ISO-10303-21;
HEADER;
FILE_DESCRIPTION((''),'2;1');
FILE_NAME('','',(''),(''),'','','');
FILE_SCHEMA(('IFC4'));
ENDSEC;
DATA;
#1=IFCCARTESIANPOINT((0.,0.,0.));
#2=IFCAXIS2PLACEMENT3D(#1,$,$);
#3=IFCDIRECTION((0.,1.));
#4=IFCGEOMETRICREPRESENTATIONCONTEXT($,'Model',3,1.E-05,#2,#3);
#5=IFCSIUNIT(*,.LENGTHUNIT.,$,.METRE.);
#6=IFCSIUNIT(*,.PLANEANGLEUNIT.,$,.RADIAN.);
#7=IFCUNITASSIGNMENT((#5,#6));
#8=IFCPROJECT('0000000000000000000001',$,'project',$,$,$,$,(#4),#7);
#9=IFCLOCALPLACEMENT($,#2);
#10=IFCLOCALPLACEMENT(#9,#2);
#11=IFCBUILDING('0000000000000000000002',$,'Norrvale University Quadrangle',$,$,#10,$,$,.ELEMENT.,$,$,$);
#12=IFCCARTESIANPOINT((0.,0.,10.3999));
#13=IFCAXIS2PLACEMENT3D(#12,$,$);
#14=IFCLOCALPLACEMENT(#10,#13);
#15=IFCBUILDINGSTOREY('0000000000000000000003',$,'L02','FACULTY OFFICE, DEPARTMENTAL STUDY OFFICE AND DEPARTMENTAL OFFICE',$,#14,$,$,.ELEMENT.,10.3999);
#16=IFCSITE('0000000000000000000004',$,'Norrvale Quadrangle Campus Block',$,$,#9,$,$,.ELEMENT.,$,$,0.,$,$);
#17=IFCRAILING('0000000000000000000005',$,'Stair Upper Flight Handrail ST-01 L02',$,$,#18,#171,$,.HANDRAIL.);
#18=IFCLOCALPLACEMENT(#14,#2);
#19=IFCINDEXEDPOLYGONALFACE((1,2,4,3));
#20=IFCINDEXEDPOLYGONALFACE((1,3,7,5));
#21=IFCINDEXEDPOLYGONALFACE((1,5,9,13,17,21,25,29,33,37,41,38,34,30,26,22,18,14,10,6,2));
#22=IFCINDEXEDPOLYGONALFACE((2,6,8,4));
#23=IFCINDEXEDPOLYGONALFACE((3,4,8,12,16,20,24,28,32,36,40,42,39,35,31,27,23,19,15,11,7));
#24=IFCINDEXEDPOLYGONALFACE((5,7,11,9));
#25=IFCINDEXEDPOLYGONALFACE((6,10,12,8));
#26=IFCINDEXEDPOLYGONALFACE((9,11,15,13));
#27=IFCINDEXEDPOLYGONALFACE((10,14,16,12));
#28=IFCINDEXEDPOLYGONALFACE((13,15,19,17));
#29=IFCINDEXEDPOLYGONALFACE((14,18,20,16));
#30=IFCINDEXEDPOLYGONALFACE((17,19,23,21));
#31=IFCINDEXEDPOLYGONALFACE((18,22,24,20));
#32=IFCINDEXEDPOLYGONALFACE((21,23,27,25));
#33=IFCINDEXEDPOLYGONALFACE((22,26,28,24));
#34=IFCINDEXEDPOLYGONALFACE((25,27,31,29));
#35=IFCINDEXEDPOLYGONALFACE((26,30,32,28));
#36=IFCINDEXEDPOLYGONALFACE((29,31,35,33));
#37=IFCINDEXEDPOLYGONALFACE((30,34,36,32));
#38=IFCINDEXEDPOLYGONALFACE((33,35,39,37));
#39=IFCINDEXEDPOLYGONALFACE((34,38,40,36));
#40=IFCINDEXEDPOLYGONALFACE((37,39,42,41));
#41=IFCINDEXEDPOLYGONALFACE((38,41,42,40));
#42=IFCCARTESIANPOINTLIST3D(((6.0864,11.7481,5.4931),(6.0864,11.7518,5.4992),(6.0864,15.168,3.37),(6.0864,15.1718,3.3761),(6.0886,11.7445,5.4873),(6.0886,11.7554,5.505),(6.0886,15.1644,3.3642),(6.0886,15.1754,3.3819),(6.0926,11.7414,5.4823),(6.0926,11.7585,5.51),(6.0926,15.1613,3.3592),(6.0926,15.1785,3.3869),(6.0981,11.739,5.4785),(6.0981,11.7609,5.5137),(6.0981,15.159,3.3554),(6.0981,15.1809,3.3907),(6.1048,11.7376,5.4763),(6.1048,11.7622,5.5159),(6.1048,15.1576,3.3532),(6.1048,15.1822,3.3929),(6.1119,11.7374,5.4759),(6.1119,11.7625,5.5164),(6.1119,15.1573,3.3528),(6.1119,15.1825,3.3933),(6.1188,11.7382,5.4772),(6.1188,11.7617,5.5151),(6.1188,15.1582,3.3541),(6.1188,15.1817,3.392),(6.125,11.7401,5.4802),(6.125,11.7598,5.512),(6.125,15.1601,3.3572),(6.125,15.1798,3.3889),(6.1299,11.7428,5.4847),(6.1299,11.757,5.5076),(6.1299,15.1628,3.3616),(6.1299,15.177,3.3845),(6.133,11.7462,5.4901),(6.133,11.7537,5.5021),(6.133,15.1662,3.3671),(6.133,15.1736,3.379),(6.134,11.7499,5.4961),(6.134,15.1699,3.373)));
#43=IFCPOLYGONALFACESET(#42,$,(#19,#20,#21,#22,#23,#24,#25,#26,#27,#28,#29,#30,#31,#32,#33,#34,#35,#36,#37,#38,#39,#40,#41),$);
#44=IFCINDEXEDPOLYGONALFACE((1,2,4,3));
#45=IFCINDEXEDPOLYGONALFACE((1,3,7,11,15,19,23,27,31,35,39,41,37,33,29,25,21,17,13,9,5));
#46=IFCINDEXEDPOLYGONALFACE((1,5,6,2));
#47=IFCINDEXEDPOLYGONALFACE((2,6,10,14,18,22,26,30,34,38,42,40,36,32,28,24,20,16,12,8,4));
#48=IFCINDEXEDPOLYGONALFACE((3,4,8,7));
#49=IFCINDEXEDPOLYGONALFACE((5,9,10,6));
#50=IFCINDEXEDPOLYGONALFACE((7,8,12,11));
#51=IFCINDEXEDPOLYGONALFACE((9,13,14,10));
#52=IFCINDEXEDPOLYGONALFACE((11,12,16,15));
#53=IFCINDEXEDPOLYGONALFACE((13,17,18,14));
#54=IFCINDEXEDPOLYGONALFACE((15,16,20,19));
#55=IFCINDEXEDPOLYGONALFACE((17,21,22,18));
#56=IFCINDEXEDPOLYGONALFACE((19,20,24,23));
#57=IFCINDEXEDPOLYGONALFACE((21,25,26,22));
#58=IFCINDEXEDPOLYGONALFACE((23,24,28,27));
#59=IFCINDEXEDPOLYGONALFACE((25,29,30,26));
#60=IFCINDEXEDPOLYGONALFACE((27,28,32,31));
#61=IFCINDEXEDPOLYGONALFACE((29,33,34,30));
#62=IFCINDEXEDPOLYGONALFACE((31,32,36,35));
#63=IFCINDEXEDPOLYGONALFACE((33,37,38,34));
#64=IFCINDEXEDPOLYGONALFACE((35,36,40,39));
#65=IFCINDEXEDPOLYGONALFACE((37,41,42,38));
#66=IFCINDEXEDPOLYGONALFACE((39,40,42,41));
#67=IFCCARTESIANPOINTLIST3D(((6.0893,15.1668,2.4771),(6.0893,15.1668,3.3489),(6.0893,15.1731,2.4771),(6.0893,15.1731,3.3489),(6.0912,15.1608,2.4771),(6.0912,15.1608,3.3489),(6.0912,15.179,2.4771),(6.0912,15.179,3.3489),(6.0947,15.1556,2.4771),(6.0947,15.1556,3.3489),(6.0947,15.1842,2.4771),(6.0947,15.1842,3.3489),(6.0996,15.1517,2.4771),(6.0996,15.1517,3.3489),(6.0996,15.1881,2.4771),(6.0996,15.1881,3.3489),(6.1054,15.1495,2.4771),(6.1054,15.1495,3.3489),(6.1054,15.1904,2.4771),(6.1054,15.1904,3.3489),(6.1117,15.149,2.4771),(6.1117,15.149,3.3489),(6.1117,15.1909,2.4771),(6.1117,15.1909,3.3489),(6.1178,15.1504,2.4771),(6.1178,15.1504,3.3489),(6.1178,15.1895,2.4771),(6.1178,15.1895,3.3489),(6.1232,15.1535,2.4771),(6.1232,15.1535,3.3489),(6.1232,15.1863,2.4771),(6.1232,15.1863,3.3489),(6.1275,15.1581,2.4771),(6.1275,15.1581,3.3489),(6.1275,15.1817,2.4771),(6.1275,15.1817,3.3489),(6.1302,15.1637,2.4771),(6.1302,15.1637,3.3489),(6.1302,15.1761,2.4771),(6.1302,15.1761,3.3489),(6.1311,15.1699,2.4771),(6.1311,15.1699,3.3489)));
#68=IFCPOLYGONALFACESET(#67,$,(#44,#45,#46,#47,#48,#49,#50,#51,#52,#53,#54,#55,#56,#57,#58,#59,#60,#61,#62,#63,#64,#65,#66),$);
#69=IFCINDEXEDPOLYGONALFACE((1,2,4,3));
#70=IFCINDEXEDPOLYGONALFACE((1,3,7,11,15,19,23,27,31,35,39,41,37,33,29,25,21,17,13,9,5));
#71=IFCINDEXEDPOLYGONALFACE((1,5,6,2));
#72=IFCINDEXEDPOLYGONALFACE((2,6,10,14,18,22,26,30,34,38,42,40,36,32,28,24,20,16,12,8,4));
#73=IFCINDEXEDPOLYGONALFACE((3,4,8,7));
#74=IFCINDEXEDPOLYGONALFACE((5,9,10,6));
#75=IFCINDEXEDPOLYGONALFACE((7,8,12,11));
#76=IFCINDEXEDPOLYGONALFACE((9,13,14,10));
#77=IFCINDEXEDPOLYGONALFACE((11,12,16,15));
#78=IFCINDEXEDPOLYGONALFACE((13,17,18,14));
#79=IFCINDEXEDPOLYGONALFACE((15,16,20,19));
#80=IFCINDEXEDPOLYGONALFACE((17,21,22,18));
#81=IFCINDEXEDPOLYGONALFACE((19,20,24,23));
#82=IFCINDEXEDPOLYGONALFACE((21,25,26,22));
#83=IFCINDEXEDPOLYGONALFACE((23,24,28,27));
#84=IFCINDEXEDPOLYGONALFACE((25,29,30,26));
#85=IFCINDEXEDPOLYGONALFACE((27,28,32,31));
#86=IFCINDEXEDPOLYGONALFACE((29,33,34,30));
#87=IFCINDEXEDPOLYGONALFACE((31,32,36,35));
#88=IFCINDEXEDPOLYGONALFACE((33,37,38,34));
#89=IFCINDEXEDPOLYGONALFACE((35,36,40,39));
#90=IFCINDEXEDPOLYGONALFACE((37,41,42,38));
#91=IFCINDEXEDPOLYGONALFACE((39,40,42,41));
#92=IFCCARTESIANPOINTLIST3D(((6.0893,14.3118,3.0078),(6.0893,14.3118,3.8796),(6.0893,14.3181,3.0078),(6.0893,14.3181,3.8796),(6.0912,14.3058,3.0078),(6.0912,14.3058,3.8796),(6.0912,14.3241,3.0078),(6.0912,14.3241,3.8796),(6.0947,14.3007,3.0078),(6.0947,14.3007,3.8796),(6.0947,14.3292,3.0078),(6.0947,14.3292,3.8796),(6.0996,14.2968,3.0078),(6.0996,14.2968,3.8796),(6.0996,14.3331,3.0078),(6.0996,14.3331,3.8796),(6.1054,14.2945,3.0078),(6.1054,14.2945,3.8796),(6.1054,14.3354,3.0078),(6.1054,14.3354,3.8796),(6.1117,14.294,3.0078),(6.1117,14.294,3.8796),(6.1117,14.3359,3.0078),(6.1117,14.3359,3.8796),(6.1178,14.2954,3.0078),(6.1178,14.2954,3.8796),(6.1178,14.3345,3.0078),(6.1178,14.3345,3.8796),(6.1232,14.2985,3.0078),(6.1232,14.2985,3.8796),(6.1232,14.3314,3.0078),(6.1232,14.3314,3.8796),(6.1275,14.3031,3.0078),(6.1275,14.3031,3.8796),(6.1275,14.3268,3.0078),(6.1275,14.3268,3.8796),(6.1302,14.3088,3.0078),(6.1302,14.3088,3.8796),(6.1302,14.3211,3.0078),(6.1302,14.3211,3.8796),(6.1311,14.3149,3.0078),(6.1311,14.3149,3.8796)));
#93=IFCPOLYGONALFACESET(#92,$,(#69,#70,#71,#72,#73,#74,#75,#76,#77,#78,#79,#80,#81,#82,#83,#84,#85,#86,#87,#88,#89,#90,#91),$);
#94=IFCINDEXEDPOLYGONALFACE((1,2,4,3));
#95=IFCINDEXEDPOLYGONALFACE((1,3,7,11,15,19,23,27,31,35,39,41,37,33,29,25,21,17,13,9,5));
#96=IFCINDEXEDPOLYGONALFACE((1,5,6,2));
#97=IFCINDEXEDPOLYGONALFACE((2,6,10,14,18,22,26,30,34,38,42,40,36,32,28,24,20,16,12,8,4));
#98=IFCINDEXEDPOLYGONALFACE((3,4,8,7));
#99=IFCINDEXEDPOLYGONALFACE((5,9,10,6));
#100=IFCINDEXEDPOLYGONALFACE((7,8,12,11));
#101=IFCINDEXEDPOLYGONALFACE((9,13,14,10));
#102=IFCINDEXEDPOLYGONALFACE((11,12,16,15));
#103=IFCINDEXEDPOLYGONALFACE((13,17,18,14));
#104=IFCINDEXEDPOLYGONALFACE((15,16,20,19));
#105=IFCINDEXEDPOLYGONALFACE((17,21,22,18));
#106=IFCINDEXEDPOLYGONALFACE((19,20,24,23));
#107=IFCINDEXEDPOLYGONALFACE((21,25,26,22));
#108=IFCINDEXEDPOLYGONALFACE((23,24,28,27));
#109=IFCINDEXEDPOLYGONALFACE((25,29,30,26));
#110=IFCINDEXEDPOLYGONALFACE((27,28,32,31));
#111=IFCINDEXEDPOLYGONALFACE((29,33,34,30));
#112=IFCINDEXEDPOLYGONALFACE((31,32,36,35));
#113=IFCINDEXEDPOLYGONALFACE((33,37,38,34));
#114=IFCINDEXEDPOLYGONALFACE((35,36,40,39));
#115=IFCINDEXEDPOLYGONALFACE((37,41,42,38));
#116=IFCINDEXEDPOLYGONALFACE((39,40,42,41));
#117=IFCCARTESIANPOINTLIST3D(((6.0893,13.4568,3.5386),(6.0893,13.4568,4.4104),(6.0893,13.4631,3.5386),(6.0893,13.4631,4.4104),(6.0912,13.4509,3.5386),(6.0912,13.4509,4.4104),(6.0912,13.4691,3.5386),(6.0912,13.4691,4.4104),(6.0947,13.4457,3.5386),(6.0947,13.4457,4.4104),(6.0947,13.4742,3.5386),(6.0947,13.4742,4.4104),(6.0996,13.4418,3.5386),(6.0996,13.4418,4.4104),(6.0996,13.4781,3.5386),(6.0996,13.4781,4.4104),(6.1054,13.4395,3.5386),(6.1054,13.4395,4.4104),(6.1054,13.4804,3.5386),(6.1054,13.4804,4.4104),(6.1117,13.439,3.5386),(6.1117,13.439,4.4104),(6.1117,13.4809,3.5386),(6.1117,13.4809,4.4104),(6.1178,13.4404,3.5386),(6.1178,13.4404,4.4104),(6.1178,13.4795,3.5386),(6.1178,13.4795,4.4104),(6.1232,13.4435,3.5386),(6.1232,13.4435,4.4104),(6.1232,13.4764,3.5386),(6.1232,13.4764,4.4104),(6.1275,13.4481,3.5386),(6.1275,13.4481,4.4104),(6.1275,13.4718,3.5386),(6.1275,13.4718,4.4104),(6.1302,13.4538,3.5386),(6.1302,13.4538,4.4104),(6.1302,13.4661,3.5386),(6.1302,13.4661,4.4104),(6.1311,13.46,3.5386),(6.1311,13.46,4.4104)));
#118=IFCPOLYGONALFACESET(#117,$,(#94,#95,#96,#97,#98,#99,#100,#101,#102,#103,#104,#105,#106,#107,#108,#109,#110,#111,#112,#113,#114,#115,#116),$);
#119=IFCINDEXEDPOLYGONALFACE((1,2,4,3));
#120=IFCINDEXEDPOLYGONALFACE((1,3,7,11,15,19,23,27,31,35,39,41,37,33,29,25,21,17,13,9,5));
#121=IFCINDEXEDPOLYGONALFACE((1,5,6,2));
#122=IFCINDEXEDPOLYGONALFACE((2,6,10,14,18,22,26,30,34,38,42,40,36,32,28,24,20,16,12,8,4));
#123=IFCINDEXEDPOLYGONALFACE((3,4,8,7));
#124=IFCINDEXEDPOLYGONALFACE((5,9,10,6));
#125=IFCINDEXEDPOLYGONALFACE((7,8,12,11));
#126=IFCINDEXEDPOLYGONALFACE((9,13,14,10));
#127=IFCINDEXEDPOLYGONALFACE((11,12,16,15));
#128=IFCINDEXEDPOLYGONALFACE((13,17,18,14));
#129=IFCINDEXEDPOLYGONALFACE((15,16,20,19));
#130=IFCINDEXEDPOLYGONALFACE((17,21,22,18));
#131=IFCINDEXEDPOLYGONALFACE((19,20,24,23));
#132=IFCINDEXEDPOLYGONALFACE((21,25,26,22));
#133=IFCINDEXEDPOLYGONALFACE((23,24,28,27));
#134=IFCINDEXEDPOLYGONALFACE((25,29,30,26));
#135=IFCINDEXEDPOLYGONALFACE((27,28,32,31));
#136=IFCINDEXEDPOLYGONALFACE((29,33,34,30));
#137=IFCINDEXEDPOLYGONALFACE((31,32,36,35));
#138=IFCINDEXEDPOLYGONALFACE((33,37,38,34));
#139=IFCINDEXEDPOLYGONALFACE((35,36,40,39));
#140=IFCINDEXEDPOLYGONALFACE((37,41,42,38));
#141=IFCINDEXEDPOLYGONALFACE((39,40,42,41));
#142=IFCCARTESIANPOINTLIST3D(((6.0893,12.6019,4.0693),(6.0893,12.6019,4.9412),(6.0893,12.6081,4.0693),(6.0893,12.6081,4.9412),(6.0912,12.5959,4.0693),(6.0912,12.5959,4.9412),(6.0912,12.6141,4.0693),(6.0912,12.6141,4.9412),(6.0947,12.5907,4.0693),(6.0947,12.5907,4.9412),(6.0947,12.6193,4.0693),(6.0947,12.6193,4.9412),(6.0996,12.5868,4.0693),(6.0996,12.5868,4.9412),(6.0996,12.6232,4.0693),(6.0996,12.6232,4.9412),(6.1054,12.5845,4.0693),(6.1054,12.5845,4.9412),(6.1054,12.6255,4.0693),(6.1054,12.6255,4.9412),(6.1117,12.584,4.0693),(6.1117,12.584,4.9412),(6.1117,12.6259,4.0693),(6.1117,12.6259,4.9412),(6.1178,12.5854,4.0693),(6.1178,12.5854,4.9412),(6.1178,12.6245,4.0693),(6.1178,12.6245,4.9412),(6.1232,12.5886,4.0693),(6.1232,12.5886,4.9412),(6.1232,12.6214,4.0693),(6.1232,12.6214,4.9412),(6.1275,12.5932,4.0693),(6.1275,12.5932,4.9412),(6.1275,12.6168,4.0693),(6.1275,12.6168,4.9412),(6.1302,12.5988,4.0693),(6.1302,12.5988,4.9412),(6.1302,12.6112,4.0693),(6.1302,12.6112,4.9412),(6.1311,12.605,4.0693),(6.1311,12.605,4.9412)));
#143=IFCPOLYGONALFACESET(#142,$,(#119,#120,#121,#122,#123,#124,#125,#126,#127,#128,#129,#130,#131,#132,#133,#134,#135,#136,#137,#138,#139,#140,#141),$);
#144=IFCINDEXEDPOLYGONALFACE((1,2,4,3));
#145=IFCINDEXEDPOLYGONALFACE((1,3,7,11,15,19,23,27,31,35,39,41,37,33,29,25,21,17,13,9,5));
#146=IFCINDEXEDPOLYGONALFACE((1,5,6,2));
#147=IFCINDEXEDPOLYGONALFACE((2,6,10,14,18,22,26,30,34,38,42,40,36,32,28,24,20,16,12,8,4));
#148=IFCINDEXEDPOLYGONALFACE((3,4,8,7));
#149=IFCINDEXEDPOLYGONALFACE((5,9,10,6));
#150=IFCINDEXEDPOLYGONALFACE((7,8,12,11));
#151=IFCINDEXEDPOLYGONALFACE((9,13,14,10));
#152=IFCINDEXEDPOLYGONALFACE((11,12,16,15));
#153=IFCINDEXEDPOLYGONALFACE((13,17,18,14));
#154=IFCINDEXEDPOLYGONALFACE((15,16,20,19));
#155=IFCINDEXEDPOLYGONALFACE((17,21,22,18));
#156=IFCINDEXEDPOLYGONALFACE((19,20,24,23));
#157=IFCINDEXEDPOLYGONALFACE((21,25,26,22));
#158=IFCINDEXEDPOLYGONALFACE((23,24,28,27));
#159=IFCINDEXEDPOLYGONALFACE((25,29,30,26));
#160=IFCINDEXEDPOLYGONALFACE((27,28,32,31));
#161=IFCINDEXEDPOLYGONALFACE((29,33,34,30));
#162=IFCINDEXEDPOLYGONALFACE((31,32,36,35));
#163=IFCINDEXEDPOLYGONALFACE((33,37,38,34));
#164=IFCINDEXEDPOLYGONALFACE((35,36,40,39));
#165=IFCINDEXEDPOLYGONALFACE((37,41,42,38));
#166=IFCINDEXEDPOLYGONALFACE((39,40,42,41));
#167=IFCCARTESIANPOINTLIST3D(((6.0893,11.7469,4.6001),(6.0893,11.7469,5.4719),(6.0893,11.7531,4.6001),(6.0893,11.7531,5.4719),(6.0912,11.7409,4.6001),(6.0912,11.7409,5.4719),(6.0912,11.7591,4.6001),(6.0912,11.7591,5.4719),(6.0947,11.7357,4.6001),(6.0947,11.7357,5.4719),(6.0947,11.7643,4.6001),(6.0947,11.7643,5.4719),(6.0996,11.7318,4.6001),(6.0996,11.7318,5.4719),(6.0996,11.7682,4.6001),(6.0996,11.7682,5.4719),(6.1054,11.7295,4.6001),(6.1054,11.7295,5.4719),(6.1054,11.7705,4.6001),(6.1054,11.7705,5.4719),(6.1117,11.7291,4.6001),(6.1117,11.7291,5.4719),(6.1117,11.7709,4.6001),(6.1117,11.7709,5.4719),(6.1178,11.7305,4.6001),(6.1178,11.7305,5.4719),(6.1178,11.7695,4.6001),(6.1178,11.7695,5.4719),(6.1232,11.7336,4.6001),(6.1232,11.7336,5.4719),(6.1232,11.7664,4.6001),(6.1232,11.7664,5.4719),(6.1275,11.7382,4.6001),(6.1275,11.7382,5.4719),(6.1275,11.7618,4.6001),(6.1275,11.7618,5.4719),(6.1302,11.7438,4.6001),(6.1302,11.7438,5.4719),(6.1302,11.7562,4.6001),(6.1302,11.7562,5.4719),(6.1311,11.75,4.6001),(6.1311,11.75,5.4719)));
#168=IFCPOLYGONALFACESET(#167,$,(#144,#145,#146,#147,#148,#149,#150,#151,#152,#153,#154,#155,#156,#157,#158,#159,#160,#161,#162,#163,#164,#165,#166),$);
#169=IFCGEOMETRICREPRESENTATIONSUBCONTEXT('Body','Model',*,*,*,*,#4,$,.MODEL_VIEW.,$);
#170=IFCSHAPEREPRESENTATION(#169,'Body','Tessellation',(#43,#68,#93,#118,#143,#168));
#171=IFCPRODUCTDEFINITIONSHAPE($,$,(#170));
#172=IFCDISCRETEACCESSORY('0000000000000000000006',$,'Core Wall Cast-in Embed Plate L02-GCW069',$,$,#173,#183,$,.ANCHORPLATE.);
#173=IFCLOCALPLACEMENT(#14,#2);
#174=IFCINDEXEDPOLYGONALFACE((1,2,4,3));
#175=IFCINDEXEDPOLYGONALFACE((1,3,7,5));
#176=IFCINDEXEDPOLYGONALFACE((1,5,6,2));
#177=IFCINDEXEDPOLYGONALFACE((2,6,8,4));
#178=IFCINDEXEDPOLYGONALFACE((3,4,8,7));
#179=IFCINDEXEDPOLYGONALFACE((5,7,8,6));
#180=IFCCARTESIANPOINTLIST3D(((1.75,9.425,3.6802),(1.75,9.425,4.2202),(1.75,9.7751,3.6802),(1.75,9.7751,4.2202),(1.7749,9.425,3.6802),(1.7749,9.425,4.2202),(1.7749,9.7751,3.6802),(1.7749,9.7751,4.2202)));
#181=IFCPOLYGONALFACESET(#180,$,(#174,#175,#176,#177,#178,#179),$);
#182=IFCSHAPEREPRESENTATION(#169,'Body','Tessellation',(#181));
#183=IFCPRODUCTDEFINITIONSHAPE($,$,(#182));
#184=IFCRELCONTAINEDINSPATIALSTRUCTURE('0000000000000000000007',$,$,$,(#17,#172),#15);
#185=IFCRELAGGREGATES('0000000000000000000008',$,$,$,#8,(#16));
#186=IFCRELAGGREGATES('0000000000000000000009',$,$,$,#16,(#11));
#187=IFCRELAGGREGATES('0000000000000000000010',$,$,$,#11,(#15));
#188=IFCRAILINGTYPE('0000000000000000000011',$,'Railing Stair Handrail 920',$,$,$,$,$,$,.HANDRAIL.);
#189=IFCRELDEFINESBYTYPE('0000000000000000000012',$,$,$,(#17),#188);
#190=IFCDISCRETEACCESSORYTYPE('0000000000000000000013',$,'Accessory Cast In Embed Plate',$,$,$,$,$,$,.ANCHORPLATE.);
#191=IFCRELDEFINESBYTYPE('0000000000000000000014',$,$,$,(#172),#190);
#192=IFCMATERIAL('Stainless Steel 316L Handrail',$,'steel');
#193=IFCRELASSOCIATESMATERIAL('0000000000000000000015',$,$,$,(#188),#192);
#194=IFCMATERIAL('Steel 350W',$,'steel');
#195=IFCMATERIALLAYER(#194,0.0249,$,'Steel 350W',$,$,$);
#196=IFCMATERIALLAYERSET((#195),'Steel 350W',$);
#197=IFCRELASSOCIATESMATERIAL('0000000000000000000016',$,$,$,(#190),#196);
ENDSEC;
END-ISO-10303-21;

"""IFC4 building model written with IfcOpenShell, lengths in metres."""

from ifc_helpers import new_model, si_unit, direction, frame, origin, origin_2d, place, context, subcontext, project, spatial, rectangle, circle, extrude, material, layer, layer_set, type_object, element, save


model = new_model("IFC4")

# Units and contexts
model_context = context("Model", 3, precision=1e-05, world=origin(), true_north=direction((0.0, 1.0)))
body_context = subcontext(model_context, "Body", "Model", "MODEL_VIEW")
ifc_project = project(units=[si_unit("LENGTHUNIT", "METRE"), si_unit("PLANEANGLEUNIT", "RADIAN")], contexts=[model_context])

# Site, building, storey
site_placement = place(None, origin())
site = spatial("IfcSite", under=ifc_project, at=site_placement, Name="Norrvale Quadrangle Campus Block", CompositionType="ELEMENT", RefElevation=0.0)
building_placement = place(site_placement, origin())
building = spatial("IfcBuilding", under=site, at=building_placement, Name="Norrvale University Quadrangle", CompositionType="ELEMENT")
storey_placement = place(building_placement, frame((0.0, 0.0, 10.3999)))
storey = spatial("IfcBuildingStorey", under=building, at=storey_placement, Name="L02", Description="FACULTY OFFICE, DEPARTMENTAL STUDY OFFICE AND DEPARTMENTAL OFFICE", CompositionType="ELEMENT", Elevation=10.3999)

# Shared definitions
ifc_material_1 = material(Name="Steel 350W", Category="steel")

# Railing
ifc_material_2 = material(Name="Stainless Steel 316L Handrail", Category="steel")
railing_type_1 = type_object("IfcRailingType", Name="Railing Stair Handrail 920", PredefinedType="HANDRAIL", material=ifc_material_2)
railing_1_placement = place(storey_placement, frame((6.1101, 15.1699, 2.4771)))
element("IfcRailing", 1, at=railing_1_placement, inside=storey, type_object=railing_type_1, Name="Stair Upper Flight Handrail ST-01 L02", PredefinedType="HANDRAIL", context=body_context, shape_type="SweptSolid", body=[
    extrude(circle(Radius=0.0239, at=origin_2d()), frame((0.0, 0.0, 0.896), z_axis=(0.0, -0.849603, 0.527423), x_axis=(1.0, 0.0, 0.0)), (0.0, 0.0, 1.0), 4.0254),
    extrude(circle(Radius=0.021, at=origin_2d()), origin(), (0.0, 0.0, 1.0), 0.8718),
    extrude(circle(Radius=0.021, at=origin_2d()), frame((0.0, -0.855, 0.5308)), (0.0, 0.0, 1.0), 0.8718),
    extrude(circle(Radius=0.021, at=origin_2d()), frame((0.0, -1.71, 1.0615)), (0.0, 0.0, 1.0), 0.8718),
    extrude(circle(Radius=0.021, at=origin_2d()), frame((0.0, -2.5649, 1.5923)), (0.0, 0.0, 1.0), 0.8718),
    extrude(circle(Radius=0.021, at=origin_2d()), frame((0.0, -3.4199, 2.123)), (0.0, 0.0, 1.0), 0.8718),
])

# Discrete accessory
ifc_layer_1 = layer(ifc_material_1, 0.0249, Name="Steel 350W")
ifc_layer_set_1 = layer_set([ifc_layer_1], Name="Steel 350W")
discrete_accessory_type = type_object("IfcDiscreteAccessoryType", Name="Accessory Cast In Embed Plate", PredefinedType="ANCHORPLATE", material=ifc_layer_set_1)
discrete_accessory_placement = place(storey_placement, frame((1.7625, 9.6001, 3.6802), z_axis=(0.0, 0.0, 1.0), x_axis=(1.0, 0.0, 0.0)))
element("IfcDiscreteAccessory", 2, at=discrete_accessory_placement, inside=storey, type_object=discrete_accessory_type, Name="Core Wall Cast-in Embed Plate L02-GCW069", PredefinedType="ANCHORPLATE", context=body_context, shape_type="SweptSolid", body=[
    extrude(rectangle(XDim=0.0249, YDim=0.3501, at=origin_2d()), origin(), (0.0, 0.0, 1.0), 0.54),
])

save(model, "model.ifc")
